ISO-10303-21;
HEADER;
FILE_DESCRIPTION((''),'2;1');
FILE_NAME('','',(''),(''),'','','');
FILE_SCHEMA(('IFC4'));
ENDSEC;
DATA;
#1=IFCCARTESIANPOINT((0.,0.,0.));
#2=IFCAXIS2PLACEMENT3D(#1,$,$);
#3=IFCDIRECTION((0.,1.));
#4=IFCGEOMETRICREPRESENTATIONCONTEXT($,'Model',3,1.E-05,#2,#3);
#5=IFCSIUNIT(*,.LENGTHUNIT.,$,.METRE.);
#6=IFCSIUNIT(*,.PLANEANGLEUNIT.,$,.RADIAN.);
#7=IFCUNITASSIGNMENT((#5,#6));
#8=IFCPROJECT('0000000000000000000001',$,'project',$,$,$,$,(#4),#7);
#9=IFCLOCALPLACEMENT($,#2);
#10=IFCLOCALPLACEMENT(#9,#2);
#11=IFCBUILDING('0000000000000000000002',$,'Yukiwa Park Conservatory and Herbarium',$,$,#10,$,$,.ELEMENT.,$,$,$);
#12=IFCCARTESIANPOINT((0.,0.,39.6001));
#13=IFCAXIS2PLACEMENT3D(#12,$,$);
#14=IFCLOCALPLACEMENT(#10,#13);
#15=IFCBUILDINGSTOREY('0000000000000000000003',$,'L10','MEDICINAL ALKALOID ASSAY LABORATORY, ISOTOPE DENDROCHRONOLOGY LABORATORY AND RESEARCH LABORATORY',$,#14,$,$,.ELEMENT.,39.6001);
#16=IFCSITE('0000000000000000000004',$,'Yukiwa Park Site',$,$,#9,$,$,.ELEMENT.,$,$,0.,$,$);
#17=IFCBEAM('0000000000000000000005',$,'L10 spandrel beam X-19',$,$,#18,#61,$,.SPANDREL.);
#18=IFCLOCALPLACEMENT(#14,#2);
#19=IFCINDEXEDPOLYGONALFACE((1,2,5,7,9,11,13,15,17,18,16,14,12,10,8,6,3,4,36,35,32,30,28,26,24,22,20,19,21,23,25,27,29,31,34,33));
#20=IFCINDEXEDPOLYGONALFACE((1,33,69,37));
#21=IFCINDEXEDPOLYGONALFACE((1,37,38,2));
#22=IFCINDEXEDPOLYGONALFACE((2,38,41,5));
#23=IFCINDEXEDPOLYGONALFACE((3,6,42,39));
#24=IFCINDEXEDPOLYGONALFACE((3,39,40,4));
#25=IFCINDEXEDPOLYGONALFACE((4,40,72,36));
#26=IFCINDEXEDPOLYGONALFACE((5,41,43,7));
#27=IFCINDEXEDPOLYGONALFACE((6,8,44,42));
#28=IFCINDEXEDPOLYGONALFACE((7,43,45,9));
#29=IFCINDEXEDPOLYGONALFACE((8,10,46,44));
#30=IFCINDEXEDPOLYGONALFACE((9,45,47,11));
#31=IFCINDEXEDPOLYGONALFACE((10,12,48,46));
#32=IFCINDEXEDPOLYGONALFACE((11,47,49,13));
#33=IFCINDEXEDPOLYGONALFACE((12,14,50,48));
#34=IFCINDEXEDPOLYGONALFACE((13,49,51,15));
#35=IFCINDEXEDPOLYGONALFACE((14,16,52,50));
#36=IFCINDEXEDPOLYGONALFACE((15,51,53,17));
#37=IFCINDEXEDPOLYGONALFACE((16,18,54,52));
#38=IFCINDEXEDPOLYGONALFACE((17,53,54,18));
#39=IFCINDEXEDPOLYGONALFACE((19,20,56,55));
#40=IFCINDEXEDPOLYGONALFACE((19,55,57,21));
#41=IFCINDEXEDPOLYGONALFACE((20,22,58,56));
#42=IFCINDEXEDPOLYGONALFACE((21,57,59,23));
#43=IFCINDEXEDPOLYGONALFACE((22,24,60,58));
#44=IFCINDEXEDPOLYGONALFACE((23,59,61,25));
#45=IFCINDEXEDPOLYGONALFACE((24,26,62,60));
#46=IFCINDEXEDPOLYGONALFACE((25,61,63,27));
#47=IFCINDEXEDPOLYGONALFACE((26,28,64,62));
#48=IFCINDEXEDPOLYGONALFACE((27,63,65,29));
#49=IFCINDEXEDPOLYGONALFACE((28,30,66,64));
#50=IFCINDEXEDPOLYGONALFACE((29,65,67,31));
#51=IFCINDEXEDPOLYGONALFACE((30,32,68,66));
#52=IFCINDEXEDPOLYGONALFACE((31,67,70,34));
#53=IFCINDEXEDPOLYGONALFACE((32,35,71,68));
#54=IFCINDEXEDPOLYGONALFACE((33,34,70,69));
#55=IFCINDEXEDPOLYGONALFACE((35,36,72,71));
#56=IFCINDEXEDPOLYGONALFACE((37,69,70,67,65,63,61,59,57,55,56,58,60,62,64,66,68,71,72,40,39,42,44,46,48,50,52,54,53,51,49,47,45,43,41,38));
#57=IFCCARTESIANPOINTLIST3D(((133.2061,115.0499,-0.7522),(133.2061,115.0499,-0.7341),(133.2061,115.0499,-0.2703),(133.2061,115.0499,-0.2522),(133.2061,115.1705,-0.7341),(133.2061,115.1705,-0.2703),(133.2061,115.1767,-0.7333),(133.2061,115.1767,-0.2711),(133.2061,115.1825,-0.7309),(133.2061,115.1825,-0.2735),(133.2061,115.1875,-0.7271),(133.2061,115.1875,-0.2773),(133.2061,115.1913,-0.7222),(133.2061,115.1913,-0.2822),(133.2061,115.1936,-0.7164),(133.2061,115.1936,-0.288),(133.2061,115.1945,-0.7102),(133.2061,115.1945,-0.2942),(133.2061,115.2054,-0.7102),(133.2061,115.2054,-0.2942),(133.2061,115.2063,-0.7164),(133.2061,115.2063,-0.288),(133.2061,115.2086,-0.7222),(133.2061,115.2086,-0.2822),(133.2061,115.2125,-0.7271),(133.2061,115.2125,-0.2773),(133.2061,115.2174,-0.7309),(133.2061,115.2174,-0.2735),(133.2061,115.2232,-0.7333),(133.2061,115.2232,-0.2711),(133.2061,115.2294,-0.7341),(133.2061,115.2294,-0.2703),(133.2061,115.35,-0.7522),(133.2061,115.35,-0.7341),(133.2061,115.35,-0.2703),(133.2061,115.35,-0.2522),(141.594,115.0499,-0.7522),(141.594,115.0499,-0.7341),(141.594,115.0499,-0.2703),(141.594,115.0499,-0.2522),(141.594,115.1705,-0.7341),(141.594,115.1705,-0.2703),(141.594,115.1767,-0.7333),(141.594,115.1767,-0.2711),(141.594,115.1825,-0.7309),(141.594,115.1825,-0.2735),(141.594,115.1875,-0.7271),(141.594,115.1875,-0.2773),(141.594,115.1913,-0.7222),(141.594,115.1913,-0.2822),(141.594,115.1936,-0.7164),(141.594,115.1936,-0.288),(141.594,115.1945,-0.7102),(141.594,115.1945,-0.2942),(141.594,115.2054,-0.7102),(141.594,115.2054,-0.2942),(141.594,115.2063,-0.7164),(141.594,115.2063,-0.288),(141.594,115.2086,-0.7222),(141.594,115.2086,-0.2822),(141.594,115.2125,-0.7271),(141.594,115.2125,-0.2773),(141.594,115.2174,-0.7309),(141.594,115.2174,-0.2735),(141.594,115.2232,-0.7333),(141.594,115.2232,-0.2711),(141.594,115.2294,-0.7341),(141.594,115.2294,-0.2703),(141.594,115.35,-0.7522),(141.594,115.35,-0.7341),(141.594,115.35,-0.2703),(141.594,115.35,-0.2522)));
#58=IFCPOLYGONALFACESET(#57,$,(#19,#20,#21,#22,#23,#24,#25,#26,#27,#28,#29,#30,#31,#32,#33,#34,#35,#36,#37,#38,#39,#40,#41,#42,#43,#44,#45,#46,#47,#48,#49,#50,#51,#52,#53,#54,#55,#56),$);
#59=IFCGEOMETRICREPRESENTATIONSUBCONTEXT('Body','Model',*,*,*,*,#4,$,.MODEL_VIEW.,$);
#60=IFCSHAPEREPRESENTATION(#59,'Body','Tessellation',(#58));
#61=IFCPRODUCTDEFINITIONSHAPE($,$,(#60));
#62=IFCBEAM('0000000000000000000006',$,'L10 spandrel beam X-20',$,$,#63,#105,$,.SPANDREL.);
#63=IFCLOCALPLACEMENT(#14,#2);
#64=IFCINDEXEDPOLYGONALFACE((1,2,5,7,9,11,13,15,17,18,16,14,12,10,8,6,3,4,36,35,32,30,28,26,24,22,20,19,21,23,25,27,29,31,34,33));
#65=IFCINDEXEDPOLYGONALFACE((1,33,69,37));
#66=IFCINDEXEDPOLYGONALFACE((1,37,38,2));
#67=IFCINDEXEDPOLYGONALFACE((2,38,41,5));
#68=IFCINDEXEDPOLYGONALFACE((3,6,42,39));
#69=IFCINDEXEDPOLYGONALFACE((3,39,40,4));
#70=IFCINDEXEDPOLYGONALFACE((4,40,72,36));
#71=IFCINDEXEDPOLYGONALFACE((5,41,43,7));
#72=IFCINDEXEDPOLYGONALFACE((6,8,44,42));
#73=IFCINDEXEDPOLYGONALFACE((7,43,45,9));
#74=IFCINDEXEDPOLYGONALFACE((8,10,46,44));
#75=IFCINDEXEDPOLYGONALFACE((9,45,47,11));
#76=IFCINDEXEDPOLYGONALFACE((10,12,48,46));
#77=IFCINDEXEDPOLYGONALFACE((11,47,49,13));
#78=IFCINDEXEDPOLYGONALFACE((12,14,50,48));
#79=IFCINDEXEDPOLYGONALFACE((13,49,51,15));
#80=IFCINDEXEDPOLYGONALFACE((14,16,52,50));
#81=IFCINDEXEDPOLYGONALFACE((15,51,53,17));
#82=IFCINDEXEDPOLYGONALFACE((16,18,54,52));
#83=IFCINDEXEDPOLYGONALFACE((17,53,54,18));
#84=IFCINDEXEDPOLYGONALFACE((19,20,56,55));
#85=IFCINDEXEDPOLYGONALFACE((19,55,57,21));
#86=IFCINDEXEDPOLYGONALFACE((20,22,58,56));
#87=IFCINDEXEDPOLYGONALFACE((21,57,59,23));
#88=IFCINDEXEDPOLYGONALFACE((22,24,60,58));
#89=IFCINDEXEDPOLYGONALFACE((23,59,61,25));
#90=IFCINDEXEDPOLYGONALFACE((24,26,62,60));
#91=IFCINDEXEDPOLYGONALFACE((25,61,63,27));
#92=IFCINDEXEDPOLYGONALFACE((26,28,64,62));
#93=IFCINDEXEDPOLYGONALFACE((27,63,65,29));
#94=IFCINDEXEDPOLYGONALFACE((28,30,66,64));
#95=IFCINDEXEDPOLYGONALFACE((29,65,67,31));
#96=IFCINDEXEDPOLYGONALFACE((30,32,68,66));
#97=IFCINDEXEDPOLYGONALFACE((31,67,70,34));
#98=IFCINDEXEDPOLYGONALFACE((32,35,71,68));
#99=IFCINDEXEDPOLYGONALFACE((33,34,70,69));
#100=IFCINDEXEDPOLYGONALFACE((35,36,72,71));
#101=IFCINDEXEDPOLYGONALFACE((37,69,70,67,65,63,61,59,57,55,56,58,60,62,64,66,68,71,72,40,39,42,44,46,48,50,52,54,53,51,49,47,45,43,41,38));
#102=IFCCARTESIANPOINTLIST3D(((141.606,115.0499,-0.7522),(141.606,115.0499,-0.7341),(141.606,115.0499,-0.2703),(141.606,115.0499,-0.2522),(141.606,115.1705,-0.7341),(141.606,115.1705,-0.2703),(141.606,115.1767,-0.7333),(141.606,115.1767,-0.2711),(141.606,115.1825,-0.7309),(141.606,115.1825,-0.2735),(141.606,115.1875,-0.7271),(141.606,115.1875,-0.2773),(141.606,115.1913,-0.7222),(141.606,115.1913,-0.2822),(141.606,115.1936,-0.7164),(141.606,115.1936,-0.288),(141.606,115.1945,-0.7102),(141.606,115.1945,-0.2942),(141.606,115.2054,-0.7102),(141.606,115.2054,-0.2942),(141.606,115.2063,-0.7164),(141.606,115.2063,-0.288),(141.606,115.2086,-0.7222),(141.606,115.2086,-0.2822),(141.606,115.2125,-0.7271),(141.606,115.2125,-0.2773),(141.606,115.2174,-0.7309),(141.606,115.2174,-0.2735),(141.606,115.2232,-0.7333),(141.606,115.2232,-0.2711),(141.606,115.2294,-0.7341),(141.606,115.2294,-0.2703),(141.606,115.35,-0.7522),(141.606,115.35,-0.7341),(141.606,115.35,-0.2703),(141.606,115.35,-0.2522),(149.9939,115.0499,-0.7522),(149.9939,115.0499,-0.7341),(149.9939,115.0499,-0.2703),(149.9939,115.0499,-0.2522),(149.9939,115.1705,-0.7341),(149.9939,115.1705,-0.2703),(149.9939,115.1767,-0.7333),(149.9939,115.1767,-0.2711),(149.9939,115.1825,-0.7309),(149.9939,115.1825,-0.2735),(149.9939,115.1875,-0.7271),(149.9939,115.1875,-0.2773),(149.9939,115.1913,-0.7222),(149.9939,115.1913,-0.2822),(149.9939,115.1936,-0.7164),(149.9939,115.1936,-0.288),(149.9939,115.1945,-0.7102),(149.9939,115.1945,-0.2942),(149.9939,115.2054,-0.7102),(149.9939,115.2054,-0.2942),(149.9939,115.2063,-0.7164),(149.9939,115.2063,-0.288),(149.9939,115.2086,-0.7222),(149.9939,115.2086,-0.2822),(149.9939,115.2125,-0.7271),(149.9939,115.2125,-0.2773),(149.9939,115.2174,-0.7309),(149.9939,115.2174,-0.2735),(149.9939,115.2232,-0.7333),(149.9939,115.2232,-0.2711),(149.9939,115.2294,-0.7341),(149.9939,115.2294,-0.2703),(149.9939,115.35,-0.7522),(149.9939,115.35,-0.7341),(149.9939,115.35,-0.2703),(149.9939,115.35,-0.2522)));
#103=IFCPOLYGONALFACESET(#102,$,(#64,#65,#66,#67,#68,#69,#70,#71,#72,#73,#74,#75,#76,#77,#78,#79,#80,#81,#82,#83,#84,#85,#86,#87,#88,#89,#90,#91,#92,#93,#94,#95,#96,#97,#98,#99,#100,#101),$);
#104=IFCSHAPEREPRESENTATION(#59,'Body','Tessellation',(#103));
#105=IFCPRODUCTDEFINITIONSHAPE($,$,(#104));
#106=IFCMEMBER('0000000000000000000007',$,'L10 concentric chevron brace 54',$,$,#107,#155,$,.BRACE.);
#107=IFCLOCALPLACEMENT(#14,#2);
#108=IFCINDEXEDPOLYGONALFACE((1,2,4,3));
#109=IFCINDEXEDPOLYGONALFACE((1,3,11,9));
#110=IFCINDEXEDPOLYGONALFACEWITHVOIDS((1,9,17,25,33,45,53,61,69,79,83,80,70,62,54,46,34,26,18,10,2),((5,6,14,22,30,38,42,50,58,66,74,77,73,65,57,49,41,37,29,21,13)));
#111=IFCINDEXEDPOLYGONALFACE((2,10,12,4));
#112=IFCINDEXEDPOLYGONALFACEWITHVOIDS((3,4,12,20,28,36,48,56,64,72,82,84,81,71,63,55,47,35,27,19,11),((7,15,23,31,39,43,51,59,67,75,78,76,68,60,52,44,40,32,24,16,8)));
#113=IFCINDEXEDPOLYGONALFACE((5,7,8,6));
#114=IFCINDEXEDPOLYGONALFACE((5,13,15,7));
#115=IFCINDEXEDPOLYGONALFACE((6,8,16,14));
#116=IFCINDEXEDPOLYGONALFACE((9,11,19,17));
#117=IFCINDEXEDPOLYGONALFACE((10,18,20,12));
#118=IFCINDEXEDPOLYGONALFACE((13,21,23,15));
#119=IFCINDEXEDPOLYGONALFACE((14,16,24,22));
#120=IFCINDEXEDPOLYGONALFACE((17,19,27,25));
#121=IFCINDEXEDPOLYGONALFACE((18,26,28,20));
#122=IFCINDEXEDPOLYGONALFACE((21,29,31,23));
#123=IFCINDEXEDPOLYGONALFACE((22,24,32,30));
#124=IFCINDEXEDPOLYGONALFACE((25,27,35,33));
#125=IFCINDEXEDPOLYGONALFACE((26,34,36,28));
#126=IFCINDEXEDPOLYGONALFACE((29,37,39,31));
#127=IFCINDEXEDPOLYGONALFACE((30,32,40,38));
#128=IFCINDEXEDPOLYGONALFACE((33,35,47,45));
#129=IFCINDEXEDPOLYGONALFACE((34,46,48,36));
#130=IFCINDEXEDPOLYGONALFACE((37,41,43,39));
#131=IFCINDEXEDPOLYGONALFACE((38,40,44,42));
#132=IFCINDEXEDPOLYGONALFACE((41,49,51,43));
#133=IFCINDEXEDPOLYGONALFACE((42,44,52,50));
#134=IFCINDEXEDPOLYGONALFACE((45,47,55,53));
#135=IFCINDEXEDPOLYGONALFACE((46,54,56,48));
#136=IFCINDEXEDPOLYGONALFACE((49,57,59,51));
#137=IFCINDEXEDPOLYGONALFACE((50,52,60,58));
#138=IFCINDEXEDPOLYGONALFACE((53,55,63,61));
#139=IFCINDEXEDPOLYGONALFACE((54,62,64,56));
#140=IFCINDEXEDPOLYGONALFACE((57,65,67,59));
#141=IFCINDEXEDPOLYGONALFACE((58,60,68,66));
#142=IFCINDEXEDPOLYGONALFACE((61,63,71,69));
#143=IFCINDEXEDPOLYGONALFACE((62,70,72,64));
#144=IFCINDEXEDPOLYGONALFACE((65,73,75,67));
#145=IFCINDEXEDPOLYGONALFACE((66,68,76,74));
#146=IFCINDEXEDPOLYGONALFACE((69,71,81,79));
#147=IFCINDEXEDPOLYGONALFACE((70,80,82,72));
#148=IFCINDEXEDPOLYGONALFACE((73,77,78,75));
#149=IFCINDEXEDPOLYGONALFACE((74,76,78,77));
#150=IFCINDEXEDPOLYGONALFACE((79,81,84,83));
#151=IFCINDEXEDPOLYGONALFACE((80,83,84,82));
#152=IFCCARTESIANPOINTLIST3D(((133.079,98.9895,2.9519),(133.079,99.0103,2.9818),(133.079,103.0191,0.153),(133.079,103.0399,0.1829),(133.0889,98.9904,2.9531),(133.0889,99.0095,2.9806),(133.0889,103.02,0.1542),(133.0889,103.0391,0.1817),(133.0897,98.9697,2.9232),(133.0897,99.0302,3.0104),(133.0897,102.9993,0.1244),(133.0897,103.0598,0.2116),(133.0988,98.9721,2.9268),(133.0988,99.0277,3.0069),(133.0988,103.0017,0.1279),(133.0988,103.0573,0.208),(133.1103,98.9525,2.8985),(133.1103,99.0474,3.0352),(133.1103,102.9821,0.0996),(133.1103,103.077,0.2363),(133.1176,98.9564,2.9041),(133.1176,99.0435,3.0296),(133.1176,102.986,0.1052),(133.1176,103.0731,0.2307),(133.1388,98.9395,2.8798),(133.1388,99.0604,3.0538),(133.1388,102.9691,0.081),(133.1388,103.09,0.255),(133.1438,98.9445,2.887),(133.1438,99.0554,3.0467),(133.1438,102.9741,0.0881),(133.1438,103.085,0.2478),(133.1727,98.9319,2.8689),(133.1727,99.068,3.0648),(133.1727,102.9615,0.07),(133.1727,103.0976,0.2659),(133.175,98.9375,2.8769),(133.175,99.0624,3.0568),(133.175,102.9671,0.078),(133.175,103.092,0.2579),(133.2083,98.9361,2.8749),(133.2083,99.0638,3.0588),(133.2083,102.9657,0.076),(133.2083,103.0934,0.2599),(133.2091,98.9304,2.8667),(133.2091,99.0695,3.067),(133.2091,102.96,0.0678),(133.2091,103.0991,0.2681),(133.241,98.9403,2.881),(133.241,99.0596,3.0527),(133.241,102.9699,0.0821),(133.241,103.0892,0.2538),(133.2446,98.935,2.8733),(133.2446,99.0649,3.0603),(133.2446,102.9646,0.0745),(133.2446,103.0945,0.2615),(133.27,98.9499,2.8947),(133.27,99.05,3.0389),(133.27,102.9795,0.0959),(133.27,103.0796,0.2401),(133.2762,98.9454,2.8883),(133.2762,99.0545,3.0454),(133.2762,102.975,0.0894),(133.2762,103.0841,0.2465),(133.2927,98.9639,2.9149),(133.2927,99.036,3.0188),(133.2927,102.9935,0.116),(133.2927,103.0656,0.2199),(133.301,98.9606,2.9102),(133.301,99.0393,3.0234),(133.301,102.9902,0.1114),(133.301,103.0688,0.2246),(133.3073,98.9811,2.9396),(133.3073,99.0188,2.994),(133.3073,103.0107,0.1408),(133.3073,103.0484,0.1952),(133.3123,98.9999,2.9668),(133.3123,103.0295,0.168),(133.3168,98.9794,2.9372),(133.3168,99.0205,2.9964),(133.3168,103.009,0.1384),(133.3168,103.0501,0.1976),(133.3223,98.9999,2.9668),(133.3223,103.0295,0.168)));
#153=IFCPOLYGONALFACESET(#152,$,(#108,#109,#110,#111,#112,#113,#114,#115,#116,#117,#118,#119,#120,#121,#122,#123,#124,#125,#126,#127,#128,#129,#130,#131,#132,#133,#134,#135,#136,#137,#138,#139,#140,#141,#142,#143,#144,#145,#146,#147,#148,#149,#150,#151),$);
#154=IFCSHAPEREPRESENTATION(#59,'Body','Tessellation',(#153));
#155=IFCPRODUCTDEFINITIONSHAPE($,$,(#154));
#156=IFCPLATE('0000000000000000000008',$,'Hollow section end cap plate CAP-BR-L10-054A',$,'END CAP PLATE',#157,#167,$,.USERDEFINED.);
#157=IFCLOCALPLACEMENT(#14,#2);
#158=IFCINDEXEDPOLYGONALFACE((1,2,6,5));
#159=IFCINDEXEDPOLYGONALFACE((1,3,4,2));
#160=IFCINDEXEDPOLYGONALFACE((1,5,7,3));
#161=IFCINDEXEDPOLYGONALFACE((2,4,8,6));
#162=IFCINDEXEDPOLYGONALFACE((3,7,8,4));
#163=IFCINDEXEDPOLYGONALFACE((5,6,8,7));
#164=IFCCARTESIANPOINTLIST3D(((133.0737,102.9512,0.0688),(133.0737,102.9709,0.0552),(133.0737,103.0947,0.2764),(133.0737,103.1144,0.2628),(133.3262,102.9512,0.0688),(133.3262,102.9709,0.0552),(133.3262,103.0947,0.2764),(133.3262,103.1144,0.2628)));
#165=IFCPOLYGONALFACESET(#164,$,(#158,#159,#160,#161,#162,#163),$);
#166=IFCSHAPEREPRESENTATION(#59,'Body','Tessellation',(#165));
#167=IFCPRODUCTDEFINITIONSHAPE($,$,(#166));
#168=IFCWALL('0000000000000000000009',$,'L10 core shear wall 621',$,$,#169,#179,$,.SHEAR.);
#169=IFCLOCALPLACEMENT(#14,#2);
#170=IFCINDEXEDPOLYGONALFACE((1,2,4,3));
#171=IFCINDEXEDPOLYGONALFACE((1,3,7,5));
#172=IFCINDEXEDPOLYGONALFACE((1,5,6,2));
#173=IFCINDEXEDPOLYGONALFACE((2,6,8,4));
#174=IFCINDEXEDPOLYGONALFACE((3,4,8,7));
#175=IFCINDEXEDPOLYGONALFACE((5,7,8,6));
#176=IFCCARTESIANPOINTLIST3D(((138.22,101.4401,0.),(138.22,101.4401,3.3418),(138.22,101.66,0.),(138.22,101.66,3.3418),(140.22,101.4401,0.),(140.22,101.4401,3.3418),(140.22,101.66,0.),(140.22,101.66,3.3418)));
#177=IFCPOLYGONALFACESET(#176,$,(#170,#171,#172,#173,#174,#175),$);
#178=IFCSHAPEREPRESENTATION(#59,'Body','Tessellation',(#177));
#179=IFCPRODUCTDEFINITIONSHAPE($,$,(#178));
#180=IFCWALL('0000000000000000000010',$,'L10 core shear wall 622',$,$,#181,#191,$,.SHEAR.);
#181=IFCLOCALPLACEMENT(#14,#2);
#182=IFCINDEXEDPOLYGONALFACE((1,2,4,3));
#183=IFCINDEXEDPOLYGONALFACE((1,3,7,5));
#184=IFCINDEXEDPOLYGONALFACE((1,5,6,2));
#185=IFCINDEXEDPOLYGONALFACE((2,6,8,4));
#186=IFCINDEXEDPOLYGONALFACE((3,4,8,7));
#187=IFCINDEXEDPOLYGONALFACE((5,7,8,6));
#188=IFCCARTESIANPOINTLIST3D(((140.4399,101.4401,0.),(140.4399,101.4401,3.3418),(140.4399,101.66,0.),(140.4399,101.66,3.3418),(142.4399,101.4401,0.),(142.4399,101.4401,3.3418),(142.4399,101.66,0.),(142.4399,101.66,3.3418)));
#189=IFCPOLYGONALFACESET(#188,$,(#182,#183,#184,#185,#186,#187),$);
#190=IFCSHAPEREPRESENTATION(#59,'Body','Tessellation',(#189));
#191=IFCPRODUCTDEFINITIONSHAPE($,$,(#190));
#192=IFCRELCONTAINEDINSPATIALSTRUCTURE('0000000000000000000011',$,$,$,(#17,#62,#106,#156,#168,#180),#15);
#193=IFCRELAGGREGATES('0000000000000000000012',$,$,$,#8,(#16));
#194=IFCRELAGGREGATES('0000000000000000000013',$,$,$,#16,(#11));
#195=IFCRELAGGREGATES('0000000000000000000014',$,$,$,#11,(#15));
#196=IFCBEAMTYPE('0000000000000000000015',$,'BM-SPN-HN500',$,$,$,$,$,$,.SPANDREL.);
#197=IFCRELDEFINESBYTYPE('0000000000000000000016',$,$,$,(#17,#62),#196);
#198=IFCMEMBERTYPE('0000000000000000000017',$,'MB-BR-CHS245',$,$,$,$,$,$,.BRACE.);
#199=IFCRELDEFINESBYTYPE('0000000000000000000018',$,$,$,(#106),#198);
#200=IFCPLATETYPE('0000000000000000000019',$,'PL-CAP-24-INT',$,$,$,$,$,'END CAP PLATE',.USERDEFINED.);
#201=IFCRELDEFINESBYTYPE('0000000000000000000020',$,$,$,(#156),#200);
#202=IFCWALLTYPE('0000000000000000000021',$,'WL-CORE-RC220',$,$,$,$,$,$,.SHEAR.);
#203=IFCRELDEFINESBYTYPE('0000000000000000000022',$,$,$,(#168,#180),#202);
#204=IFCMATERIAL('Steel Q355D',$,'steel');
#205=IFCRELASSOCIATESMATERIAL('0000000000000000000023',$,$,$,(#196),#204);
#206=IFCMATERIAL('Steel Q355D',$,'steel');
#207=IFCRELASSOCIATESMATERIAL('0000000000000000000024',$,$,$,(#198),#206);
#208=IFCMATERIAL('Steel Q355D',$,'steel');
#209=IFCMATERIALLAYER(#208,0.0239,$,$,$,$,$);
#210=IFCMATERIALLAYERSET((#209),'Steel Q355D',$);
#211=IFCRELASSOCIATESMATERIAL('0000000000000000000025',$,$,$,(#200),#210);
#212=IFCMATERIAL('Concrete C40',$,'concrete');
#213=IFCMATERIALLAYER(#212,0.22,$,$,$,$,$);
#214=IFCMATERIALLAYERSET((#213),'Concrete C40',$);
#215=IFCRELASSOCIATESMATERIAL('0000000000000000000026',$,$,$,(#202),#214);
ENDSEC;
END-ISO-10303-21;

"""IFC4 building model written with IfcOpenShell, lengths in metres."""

from ifc_helpers import new_model, si_unit, direction, frame, frame_2d, origin, origin_2d, place, context, subcontext, project, spatial, rectangle, hollow_circle, i_section, extrude, material, layer, layer_set, material_profile, profile_set, type_object, element, save


model = new_model("IFC4")

# Units and contexts
model_context = context("Model", 3, precision=1e-05, world=origin(), true_north=direction((0.0, 1.0)))
body_context = subcontext(model_context, "Body", "Model", "MODEL_VIEW")
ifc_project = project(units=[si_unit("LENGTHUNIT", "METRE"), si_unit("PLANEANGLEUNIT", "RADIAN")], contexts=[model_context])

# Site, building, storey
site_placement = place(None, origin())
site = spatial("IfcSite", under=ifc_project, at=site_placement, Name="Yukiwa Park Site", CompositionType="ELEMENT", RefElevation=0.0)
building_placement = place(site_placement, origin())
building = spatial("IfcBuilding", under=site, at=building_placement, Name="Yukiwa Park Conservatory and Herbarium", CompositionType="ELEMENT")
storey_placement = place(building_placement, frame((0.0, 0.0, 39.6001)))
storey = spatial("IfcBuildingStorey", under=building, at=storey_placement, Name="L10", Description="MEDICINAL ALKALOID ASSAY LABORATORY, ISOTOPE DENDROCHRONOLOGY LABORATORY AND RESEARCH LABORATORY", CompositionType="ELEMENT", Elevation=39.6001)

# Beams
ifc_material_1 = material(Name="Steel Q355D", Category="steel")
ifc_material_profile_1 = material_profile(ifc_material_1, i_section(OverallWidth=0.3, OverallDepth=0.5, WebThickness=0.011, FlangeThickness=0.0181, FilletRadius=0.0239, at=origin_2d()), Name="HM 500x300x11x18")
ifc_profile_set_1 = profile_set([ifc_material_profile_1], Name="Steel Q355D")
beam_type_1 = type_object("IfcBeamType", Name="BM-SPN-HN500", PredefinedType="SPANDREL", material=ifc_profile_set_1)
for number, where, z_axis, x_axis, name in (
    (1, (133.2061, 115.2, -0.5022), (1.0, 0.0, 0.0), (0.0, 1.0, 0.0), "L10 spandrel beam X-19"),
    (2, (141.606, 115.2, -0.5022), (1.0, 0.0, 0.0), (0.0, 1.0, 0.0), "L10 spandrel beam X-20"),
):
    element("IfcBeam", number, at=place(storey_placement, frame(where, z_axis=z_axis, x_axis=x_axis)), inside=storey, type_object=beam_type_1, Name=name, PredefinedType="SPANDREL", context=body_context, shape_type="SweptSolid", body=[
        extrude(i_section(OverallWidth=0.3, OverallDepth=0.5, WebThickness=0.011, FlangeThickness=0.0181, FilletRadius=0.0239, at=origin_2d()), origin(), (0.0, 0.0, 1.0), 8.3879),
    ])

# Member
ifc_material_2 = material(Name="Steel Q355D", Category="steel")
ifc_material_profile_2 = material_profile(ifc_material_2, hollow_circle(Radius=0.1223, WallThickness=0.01, at=origin_2d()), Name="CHS 244.5x10")
ifc_profile_set_2 = profile_set([ifc_material_profile_2], Name="Steel Q355D")
member_type = type_object("IfcMemberType", Name="MB-BR-CHS245", PredefinedType="BRACE", material=ifc_profile_set_2)
member_placement = place(storey_placement, frame((133.2, 103.0295, 0.168), z_axis=(0.0, -0.821319, 0.570469), x_axis=(1.0, 0.0, 0.0)))
element("IfcMember", 3, at=member_placement, inside=storey, type_object=member_type, Name="L10 concentric chevron brace 54", PredefinedType="BRACE", context=body_context, shape_type="SweptSolid", body=[
    extrude(hollow_circle(Radius=0.1223, WallThickness=0.01, at=origin_2d()), origin(), (0.0, 0.0, 1.0), 4.9062),
])

# Plate
ifc_material_3 = material(Name="Steel Q355D", Category="steel")
ifc_layer_1 = layer(ifc_material_3, 0.0239)
ifc_layer_set_1 = layer_set([ifc_layer_1], Name="Steel Q355D")
plate_type = type_object("IfcPlateType", Name="PL-CAP-24-INT", ElementType="END CAP PLATE", PredefinedType="USERDEFINED", material=ifc_layer_set_1)
plate_placement = place(storey_placement, frame((133.2, 103.0229, 0.1726), z_axis=(0.0, 0.822558, -0.568682), x_axis=(-1.0, 0.0, 0.0)))
element("IfcPlate", 4, at=plate_placement, inside=storey, type_object=plate_type, Name="Hollow section end cap plate CAP-BR-L10-054A", ObjectType="END CAP PLATE", PredefinedType="USERDEFINED", context=body_context, shape_type="SweptSolid", body=[
    extrude(rectangle(XDim=0.2524, YDim=0.2524, at=origin_2d()), origin(), (0.0, 0.0, 1.0), 0.0239),
])

# Walls
ifc_material_4 = material(Name="Concrete C40", Category="concrete")
ifc_layer_2 = layer(ifc_material_4, 0.22)
ifc_layer_set_2 = layer_set([ifc_layer_2], Name="Concrete C40")
wall_type_1 = type_object("IfcWallType", Name="WL-CORE-RC220", PredefinedType="SHEAR", material=ifc_layer_set_2)
for number, where, z_axis, x_axis, name in (
    (5, (138.22, 101.55, 0.0), (0.0, 0.0, 1.0), (1.0, 0.0, 0.0), "L10 core shear wall 621"),
    (6, (140.4399, 101.55, 0.0), (0.0, 0.0, 1.0), (1.0, 0.0, 0.0), "L10 core shear wall 622"),
):
    element("IfcWall", number, at=place(storey_placement, frame(where, z_axis=z_axis, x_axis=x_axis)), inside=storey, type_object=wall_type_1, Name=name, PredefinedType="SHEAR", context=body_context, shape_type="SweptSolid", body=[
        extrude(rectangle(XDim=2.0, YDim=0.22, at=frame_2d((1.0, 0.0))), origin(), (0.0, 0.0, 1.0), 3.3418),
    ])

save(model, "model.ifc")
